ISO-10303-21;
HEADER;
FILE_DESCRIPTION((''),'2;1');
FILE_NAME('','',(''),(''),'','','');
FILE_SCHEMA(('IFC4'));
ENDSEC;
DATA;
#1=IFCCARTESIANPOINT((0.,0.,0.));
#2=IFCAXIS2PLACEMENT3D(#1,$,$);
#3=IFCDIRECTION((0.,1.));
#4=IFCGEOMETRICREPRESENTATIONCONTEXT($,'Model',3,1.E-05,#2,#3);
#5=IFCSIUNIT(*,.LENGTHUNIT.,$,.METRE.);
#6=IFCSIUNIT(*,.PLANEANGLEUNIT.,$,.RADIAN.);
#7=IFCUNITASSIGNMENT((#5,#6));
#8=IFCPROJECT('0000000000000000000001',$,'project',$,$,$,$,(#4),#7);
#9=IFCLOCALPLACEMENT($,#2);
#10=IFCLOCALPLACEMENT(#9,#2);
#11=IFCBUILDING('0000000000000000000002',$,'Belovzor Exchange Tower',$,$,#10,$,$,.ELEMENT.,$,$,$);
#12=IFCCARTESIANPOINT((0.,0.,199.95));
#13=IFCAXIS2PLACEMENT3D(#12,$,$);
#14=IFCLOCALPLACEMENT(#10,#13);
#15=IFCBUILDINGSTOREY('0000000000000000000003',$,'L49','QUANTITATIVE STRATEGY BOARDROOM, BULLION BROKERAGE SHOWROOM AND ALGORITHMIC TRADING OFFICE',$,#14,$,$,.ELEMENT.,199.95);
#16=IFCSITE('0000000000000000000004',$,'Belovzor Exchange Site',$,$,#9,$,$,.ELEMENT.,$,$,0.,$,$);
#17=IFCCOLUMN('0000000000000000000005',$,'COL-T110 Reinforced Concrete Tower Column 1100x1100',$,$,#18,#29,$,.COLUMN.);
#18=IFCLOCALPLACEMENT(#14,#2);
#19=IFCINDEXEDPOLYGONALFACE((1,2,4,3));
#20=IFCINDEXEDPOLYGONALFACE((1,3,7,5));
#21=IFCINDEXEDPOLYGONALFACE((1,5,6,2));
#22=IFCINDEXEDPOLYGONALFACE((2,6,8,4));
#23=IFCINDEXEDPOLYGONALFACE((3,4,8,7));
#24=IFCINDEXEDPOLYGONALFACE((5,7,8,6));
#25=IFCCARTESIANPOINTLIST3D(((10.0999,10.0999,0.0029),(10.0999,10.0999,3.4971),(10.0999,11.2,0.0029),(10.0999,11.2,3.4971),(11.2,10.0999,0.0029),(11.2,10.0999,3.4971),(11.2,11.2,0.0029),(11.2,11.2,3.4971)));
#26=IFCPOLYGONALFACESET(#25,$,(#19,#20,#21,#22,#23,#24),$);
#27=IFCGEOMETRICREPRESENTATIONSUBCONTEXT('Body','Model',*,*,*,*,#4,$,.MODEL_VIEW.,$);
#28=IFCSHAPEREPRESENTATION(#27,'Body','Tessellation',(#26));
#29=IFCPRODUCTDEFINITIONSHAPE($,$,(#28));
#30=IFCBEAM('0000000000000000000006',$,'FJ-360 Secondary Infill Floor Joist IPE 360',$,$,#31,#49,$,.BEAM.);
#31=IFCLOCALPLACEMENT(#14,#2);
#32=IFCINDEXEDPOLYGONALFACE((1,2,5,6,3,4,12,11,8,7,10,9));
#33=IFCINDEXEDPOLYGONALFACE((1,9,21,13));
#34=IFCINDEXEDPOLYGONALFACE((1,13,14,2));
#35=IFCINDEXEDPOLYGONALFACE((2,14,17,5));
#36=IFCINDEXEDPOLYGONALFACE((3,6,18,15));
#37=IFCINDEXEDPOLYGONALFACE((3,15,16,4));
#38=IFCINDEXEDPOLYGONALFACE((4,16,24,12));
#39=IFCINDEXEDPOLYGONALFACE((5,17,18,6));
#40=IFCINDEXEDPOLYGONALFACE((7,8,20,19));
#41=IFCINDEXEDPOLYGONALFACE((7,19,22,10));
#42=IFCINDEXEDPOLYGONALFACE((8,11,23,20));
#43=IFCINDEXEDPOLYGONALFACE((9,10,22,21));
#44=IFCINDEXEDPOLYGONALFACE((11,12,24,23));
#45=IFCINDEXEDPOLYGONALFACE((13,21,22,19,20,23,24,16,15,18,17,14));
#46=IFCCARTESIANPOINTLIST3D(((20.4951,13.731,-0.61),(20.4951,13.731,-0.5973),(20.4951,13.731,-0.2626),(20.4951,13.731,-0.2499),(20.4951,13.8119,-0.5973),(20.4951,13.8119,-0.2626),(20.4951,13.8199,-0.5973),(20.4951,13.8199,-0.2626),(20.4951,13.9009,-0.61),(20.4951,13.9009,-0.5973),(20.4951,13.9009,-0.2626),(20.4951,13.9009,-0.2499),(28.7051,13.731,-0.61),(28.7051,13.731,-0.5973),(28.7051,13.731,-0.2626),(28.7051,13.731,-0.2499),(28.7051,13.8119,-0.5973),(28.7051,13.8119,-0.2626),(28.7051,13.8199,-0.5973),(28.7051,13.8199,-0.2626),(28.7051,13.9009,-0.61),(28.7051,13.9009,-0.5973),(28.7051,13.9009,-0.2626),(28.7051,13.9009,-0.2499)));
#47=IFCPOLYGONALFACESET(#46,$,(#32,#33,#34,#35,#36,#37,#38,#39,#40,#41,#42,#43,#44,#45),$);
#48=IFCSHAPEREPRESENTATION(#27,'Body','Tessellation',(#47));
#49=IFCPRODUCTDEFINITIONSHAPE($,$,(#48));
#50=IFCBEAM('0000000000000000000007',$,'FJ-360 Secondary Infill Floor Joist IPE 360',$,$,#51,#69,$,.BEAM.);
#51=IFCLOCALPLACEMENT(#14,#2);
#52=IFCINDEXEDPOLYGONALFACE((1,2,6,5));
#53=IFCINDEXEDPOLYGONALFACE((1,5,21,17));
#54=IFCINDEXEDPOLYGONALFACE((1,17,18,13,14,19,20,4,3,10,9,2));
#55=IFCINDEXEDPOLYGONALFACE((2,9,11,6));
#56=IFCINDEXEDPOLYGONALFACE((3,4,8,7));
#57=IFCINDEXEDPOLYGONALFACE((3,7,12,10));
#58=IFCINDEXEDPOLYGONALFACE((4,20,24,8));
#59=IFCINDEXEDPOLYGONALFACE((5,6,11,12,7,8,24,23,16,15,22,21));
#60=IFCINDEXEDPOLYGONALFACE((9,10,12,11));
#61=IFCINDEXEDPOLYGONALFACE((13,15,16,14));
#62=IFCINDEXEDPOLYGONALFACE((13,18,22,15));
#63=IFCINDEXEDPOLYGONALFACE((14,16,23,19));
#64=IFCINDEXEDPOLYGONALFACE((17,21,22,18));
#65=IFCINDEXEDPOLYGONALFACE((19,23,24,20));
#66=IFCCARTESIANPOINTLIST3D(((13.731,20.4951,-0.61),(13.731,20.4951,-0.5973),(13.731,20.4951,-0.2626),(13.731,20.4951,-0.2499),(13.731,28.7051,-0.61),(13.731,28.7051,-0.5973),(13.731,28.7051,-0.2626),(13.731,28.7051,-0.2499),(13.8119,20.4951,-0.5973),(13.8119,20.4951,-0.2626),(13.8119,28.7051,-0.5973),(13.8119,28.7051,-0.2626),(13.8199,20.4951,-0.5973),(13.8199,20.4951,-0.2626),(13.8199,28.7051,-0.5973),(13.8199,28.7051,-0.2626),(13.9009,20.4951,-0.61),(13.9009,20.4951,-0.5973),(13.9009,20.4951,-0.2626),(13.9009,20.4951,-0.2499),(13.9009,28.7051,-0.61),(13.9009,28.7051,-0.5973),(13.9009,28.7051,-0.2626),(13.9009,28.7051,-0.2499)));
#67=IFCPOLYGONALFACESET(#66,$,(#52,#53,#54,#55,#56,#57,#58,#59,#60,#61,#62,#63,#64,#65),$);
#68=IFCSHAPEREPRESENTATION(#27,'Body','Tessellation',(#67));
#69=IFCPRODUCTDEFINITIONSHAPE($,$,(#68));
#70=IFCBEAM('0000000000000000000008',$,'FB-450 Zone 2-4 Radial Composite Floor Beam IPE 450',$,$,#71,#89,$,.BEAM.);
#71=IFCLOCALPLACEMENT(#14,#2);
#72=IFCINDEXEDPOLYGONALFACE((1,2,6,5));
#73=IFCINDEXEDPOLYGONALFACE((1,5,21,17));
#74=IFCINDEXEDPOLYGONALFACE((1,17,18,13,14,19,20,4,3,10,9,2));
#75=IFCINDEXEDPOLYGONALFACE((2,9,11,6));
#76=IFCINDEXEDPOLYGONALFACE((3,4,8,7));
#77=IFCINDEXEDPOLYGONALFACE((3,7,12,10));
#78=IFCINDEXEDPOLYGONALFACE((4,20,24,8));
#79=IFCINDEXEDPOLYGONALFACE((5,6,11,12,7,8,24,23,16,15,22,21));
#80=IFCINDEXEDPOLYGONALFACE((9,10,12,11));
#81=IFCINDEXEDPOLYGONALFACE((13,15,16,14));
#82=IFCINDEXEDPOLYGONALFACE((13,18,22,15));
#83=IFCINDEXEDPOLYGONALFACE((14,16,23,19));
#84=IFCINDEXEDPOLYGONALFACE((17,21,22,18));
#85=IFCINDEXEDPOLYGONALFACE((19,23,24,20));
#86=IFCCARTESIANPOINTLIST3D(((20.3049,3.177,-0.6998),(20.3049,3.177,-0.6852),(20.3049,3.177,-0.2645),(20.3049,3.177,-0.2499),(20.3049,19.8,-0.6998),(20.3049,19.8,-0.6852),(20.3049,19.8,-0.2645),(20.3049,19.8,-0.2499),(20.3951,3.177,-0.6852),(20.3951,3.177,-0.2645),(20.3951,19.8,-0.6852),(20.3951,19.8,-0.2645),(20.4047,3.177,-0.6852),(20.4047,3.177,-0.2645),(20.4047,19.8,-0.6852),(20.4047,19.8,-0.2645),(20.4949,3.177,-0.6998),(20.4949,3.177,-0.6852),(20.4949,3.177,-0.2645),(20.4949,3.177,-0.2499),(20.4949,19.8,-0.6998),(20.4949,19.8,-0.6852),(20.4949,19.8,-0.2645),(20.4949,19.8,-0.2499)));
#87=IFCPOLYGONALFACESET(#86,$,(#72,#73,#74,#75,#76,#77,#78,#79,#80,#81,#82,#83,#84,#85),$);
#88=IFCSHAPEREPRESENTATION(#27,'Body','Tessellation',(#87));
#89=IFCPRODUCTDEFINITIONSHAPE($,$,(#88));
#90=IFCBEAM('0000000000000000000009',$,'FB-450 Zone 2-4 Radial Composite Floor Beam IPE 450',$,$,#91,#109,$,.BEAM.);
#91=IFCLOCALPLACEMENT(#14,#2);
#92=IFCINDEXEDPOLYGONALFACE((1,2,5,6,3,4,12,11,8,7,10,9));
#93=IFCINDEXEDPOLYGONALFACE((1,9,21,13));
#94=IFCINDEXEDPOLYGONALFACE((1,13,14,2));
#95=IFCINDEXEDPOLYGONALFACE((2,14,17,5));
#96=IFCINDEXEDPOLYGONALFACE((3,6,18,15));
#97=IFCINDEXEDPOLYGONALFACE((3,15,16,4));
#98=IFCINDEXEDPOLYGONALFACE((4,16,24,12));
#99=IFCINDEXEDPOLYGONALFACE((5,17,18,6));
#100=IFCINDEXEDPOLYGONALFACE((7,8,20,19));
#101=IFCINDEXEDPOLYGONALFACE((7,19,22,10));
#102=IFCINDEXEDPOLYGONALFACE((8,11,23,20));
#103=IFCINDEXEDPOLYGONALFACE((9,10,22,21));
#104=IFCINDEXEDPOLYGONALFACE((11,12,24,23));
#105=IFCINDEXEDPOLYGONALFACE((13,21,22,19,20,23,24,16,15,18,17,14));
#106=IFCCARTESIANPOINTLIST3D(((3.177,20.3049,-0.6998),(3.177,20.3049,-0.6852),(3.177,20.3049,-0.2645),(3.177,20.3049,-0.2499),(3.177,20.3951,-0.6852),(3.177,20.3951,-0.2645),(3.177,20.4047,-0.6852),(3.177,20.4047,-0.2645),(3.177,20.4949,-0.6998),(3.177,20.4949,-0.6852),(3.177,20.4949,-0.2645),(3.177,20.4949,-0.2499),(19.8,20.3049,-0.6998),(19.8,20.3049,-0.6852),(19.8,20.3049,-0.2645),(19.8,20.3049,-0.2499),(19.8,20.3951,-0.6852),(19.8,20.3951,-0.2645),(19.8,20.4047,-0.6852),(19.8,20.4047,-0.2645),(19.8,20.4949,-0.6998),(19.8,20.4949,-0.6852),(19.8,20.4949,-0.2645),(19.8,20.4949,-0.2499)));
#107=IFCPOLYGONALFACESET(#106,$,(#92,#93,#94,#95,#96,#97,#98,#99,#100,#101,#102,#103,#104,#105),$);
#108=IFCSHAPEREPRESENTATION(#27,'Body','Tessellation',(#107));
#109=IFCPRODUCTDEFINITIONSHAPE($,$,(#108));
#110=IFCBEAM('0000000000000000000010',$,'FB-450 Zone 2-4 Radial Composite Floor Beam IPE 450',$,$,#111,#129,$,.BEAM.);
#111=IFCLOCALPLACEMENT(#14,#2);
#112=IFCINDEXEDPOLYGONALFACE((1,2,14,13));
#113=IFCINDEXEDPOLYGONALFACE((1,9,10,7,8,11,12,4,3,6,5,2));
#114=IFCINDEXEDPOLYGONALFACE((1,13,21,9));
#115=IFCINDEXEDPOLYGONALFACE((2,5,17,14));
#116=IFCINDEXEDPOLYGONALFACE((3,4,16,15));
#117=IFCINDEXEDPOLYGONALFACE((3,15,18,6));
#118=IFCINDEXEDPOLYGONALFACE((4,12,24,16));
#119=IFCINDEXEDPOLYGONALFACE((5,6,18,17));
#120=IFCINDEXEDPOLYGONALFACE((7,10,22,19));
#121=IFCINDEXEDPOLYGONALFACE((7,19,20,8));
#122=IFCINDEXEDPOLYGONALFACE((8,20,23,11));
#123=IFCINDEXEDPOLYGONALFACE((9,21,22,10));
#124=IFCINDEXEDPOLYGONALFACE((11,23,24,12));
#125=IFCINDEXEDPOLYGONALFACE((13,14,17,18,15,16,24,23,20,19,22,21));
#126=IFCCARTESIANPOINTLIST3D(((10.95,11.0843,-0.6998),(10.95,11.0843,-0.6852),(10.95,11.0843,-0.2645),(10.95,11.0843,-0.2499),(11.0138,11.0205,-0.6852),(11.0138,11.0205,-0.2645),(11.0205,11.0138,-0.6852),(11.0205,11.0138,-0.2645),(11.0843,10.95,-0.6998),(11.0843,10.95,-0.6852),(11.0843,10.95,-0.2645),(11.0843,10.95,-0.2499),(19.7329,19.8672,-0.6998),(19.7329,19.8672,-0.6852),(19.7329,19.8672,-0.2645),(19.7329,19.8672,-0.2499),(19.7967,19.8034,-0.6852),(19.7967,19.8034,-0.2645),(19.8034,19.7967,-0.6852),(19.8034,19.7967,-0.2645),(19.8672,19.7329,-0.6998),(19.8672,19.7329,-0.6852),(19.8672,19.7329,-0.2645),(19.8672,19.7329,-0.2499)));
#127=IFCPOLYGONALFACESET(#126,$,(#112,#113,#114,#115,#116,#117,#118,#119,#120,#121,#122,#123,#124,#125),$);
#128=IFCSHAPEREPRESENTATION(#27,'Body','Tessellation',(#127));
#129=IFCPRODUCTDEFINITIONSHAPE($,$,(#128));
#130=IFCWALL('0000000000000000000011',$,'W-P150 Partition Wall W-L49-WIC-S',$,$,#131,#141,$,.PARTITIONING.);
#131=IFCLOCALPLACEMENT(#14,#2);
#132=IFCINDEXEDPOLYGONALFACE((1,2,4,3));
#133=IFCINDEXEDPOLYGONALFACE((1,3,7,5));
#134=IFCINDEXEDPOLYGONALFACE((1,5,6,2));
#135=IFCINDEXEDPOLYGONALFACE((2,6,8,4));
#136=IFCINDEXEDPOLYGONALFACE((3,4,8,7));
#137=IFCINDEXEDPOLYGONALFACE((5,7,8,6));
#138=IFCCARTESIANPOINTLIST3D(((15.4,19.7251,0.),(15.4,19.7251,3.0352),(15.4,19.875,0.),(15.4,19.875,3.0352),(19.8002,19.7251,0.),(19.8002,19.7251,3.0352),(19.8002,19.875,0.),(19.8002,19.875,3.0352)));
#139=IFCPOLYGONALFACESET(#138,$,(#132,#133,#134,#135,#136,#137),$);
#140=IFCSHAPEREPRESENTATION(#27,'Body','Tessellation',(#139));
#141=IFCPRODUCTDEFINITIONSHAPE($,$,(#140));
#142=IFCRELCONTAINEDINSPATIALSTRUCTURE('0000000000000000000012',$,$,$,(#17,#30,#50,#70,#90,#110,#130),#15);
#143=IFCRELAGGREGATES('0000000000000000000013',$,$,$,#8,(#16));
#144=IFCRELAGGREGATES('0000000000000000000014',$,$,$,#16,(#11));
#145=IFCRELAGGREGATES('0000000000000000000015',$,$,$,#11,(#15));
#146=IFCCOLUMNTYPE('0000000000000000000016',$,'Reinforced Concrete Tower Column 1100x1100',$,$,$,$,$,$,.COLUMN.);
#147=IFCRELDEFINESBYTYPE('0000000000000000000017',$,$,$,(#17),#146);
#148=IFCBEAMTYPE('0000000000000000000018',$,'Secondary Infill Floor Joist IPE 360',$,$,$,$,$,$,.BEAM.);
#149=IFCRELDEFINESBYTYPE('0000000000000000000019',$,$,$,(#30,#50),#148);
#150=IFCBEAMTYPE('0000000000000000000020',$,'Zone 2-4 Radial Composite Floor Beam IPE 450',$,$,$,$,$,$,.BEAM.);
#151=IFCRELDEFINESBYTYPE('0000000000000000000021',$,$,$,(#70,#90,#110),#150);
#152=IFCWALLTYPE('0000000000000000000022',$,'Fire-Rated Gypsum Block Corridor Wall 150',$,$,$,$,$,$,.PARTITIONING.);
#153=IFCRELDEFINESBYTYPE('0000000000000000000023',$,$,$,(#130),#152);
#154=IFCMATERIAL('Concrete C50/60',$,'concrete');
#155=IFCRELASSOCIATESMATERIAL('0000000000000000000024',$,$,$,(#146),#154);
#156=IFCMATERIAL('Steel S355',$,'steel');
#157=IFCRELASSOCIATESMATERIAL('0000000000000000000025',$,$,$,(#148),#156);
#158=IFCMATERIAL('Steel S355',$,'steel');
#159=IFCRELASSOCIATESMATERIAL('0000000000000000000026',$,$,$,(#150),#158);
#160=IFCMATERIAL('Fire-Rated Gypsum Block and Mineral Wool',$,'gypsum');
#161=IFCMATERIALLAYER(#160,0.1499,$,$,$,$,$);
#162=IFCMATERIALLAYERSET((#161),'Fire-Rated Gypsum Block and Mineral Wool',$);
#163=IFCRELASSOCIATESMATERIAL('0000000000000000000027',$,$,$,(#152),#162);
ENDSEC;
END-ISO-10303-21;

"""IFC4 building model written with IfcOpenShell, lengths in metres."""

from ifc_helpers import new_model, si_unit, direction, frame, frame_2d, origin, origin_2d, place, context, subcontext, project, spatial, rectangle, i_section, extrude, material, layer, layer_set, material_profile, profile_set, type_object, element, save


model = new_model("IFC4")

# Units and contexts
model_context = context("Model", 3, precision=1e-05, world=origin(), true_north=direction((0.0, 1.0)))
body_context = subcontext(model_context, "Body", "Model", "MODEL_VIEW")
ifc_project = project(units=[si_unit("LENGTHUNIT", "METRE"), si_unit("PLANEANGLEUNIT", "RADIAN")], contexts=[model_context])

# Site, building, storey
site_placement = place(None, origin())
site = spatial("IfcSite", under=ifc_project, at=site_placement, Name="Belovzor Exchange Site", CompositionType="ELEMENT", RefElevation=0.0)
building_placement = place(site_placement, origin())
building = spatial("IfcBuilding", under=site, at=building_placement, Name="Belovzor Exchange Tower", CompositionType="ELEMENT")
storey_placement = place(building_placement, frame((0.0, 0.0, 199.95)))
storey = spatial("IfcBuildingStorey", under=building, at=storey_placement, Name="L49", Description="QUANTITATIVE STRATEGY BOARDROOM, BULLION BROKERAGE SHOWROOM AND ALGORITHMIC TRADING OFFICE", CompositionType="ELEMENT", Elevation=199.95)

# Column
ifc_material_1 = material(Name="Concrete C50/60", Category="concrete")
ifc_material_profile_1 = material_profile(ifc_material_1, rectangle(XDim=1.1001, YDim=1.1001, at=origin_2d()))
ifc_profile_set_1 = profile_set([ifc_material_profile_1], Name="Concrete C50/60")
column_type = type_object("IfcColumnType", Name="Reinforced Concrete Tower Column 1100x1100", PredefinedType="COLUMN", material=ifc_profile_set_1)
column_placement = place(storey_placement, frame((10.6499, 10.6499, 0.0029), z_axis=(0.0, 0.0, 1.0), x_axis=(1.0, 0.0, 0.0)))
element("IfcColumn", 1, at=column_placement, inside=storey, type_object=column_type, Name="COL-T110 Reinforced Concrete Tower Column 1100x1100", PredefinedType="COLUMN", context=body_context, shape_type="SweptSolid", body=[
    extrude(rectangle(XDim=1.1001, YDim=1.1001, at=origin_2d()), origin(), (0.0, 0.0, 1.0), 3.4941),
])

# Beams
ifc_material_2 = material(Name="Steel S355", Category="steel")
ifc_material_profile_2 = material_profile(ifc_material_2, i_section(OverallWidth=0.1699, OverallDepth=0.3601, WebThickness=0.0081, FlangeThickness=0.0127, at=origin_2d()))
ifc_profile_set_2 = profile_set([ifc_material_profile_2], Name="Steel S355")
beam_type_1 = type_object("IfcBeamType", Name="Secondary Infill Floor Joist IPE 360", PredefinedType="BEAM", material=ifc_profile_set_2)
for number, where, z_axis, x_axis, name in (
    (2, (20.4951, 13.8159, -0.4299), (1.0, 0.0, 0.0), (0.0, 1.0, 0.0), "FJ-360 Secondary Infill Floor Joist IPE 360"),
    (3, (13.8159, 20.4951, -0.4299), (0.0, 1.0, 0.0), (-1.0, 0.0, 0.0), "FJ-360 Secondary Infill Floor Joist IPE 360"),
):
    element("IfcBeam", number, at=place(storey_placement, frame(where, z_axis=z_axis, x_axis=x_axis)), inside=storey, type_object=beam_type_1, Name=name, PredefinedType="BEAM", context=body_context, shape_type="SweptSolid", body=[
        extrude(i_section(OverallWidth=0.1699, OverallDepth=0.3601, WebThickness=0.0081, FlangeThickness=0.0127, at=origin_2d()), origin(), (0.0, 0.0, 1.0), 8.21),
    ])
ifc_material_3 = material(Name="Steel S355", Category="steel")
ifc_material_profile_3 = material_profile(ifc_material_3, i_section(OverallWidth=0.1899, OverallDepth=0.45, WebThickness=0.0095, FlangeThickness=0.0146, at=origin_2d()))
ifc_profile_set_3 = profile_set([ifc_material_profile_3], Name="Steel S355")
beam_type_2 = type_object("IfcBeamType", Name="Zone 2-4 Radial Composite Floor Beam IPE 450", PredefinedType="BEAM", material=ifc_profile_set_3)
for number, where, z_axis, x_axis, name in (
    (4, (20.3999, 19.8, -0.4749), (0.0, -1.0, 0.0), (1.0, 0.0, 0.0), "FB-450 Zone 2-4 Radial Composite Floor Beam IPE 450"),
    (5, (19.8, 20.3999, -0.4749), (-1.0, 0.0, 0.0), (0.0, -1.0, 0.0), "FB-450 Zone 2-4 Radial Composite Floor Beam IPE 450"),
):
    element("IfcBeam", number, at=place(storey_placement, frame(where, z_axis=z_axis, x_axis=x_axis)), inside=storey, type_object=beam_type_2, Name=name, PredefinedType="BEAM", context=body_context, shape_type="SweptSolid", body=[
        extrude(i_section(OverallWidth=0.1899, OverallDepth=0.45, WebThickness=0.0095, FlangeThickness=0.0146, at=origin_2d()), origin(), (0.0, 0.0, 1.0), 16.623),
    ])
beam_placement = place(storey_placement, frame((19.8, 19.8, -0.4749), z_axis=(-0.707107, -0.707107, 0.0), x_axis=(0.707107, -0.707107, 0.0)))
element("IfcBeam", 6, at=beam_placement, inside=storey, type_object=beam_type_2, Name="FB-450 Zone 2-4 Radial Composite Floor Beam IPE 450", PredefinedType="BEAM", context=body_context, shape_type="SweptSolid", body=[
    extrude(i_section(OverallWidth=0.1899, OverallDepth=0.45, WebThickness=0.0095, FlangeThickness=0.0146, at=origin_2d()), origin(), (0.0, 0.0, 1.0), 12.4209),
])

# Wall
ifc_material_4 = material(Name="Fire-Rated Gypsum Block and Mineral Wool", Category="gypsum")
ifc_layer_1 = layer(ifc_material_4, 0.1499)
ifc_layer_set_1 = layer_set([ifc_layer_1], Name="Fire-Rated Gypsum Block and Mineral Wool")
wall_type_1 = type_object("IfcWallType", Name="Fire-Rated Gypsum Block Corridor Wall 150", PredefinedType="PARTITIONING", material=ifc_layer_set_1)
wall_1_placement = place(storey_placement, frame((15.3999, 19.8, 0.0), z_axis=(0.0, 0.0, 1.0), x_axis=(1.0, 0.0, 0.0)))
element("IfcWall", 7, at=wall_1_placement, inside=storey, type_object=wall_type_1, Name="W-P150 Partition Wall W-L49-WIC-S", PredefinedType="PARTITIONING", context=body_context, shape_type="SweptSolid", body=[
    extrude(rectangle(XDim=4.4001, YDim=0.1499, at=frame_2d((2.2002, 0.0))), origin(), (0.0, 0.0, 1.0), 3.0352),
])

save(model, "model.ifc")
